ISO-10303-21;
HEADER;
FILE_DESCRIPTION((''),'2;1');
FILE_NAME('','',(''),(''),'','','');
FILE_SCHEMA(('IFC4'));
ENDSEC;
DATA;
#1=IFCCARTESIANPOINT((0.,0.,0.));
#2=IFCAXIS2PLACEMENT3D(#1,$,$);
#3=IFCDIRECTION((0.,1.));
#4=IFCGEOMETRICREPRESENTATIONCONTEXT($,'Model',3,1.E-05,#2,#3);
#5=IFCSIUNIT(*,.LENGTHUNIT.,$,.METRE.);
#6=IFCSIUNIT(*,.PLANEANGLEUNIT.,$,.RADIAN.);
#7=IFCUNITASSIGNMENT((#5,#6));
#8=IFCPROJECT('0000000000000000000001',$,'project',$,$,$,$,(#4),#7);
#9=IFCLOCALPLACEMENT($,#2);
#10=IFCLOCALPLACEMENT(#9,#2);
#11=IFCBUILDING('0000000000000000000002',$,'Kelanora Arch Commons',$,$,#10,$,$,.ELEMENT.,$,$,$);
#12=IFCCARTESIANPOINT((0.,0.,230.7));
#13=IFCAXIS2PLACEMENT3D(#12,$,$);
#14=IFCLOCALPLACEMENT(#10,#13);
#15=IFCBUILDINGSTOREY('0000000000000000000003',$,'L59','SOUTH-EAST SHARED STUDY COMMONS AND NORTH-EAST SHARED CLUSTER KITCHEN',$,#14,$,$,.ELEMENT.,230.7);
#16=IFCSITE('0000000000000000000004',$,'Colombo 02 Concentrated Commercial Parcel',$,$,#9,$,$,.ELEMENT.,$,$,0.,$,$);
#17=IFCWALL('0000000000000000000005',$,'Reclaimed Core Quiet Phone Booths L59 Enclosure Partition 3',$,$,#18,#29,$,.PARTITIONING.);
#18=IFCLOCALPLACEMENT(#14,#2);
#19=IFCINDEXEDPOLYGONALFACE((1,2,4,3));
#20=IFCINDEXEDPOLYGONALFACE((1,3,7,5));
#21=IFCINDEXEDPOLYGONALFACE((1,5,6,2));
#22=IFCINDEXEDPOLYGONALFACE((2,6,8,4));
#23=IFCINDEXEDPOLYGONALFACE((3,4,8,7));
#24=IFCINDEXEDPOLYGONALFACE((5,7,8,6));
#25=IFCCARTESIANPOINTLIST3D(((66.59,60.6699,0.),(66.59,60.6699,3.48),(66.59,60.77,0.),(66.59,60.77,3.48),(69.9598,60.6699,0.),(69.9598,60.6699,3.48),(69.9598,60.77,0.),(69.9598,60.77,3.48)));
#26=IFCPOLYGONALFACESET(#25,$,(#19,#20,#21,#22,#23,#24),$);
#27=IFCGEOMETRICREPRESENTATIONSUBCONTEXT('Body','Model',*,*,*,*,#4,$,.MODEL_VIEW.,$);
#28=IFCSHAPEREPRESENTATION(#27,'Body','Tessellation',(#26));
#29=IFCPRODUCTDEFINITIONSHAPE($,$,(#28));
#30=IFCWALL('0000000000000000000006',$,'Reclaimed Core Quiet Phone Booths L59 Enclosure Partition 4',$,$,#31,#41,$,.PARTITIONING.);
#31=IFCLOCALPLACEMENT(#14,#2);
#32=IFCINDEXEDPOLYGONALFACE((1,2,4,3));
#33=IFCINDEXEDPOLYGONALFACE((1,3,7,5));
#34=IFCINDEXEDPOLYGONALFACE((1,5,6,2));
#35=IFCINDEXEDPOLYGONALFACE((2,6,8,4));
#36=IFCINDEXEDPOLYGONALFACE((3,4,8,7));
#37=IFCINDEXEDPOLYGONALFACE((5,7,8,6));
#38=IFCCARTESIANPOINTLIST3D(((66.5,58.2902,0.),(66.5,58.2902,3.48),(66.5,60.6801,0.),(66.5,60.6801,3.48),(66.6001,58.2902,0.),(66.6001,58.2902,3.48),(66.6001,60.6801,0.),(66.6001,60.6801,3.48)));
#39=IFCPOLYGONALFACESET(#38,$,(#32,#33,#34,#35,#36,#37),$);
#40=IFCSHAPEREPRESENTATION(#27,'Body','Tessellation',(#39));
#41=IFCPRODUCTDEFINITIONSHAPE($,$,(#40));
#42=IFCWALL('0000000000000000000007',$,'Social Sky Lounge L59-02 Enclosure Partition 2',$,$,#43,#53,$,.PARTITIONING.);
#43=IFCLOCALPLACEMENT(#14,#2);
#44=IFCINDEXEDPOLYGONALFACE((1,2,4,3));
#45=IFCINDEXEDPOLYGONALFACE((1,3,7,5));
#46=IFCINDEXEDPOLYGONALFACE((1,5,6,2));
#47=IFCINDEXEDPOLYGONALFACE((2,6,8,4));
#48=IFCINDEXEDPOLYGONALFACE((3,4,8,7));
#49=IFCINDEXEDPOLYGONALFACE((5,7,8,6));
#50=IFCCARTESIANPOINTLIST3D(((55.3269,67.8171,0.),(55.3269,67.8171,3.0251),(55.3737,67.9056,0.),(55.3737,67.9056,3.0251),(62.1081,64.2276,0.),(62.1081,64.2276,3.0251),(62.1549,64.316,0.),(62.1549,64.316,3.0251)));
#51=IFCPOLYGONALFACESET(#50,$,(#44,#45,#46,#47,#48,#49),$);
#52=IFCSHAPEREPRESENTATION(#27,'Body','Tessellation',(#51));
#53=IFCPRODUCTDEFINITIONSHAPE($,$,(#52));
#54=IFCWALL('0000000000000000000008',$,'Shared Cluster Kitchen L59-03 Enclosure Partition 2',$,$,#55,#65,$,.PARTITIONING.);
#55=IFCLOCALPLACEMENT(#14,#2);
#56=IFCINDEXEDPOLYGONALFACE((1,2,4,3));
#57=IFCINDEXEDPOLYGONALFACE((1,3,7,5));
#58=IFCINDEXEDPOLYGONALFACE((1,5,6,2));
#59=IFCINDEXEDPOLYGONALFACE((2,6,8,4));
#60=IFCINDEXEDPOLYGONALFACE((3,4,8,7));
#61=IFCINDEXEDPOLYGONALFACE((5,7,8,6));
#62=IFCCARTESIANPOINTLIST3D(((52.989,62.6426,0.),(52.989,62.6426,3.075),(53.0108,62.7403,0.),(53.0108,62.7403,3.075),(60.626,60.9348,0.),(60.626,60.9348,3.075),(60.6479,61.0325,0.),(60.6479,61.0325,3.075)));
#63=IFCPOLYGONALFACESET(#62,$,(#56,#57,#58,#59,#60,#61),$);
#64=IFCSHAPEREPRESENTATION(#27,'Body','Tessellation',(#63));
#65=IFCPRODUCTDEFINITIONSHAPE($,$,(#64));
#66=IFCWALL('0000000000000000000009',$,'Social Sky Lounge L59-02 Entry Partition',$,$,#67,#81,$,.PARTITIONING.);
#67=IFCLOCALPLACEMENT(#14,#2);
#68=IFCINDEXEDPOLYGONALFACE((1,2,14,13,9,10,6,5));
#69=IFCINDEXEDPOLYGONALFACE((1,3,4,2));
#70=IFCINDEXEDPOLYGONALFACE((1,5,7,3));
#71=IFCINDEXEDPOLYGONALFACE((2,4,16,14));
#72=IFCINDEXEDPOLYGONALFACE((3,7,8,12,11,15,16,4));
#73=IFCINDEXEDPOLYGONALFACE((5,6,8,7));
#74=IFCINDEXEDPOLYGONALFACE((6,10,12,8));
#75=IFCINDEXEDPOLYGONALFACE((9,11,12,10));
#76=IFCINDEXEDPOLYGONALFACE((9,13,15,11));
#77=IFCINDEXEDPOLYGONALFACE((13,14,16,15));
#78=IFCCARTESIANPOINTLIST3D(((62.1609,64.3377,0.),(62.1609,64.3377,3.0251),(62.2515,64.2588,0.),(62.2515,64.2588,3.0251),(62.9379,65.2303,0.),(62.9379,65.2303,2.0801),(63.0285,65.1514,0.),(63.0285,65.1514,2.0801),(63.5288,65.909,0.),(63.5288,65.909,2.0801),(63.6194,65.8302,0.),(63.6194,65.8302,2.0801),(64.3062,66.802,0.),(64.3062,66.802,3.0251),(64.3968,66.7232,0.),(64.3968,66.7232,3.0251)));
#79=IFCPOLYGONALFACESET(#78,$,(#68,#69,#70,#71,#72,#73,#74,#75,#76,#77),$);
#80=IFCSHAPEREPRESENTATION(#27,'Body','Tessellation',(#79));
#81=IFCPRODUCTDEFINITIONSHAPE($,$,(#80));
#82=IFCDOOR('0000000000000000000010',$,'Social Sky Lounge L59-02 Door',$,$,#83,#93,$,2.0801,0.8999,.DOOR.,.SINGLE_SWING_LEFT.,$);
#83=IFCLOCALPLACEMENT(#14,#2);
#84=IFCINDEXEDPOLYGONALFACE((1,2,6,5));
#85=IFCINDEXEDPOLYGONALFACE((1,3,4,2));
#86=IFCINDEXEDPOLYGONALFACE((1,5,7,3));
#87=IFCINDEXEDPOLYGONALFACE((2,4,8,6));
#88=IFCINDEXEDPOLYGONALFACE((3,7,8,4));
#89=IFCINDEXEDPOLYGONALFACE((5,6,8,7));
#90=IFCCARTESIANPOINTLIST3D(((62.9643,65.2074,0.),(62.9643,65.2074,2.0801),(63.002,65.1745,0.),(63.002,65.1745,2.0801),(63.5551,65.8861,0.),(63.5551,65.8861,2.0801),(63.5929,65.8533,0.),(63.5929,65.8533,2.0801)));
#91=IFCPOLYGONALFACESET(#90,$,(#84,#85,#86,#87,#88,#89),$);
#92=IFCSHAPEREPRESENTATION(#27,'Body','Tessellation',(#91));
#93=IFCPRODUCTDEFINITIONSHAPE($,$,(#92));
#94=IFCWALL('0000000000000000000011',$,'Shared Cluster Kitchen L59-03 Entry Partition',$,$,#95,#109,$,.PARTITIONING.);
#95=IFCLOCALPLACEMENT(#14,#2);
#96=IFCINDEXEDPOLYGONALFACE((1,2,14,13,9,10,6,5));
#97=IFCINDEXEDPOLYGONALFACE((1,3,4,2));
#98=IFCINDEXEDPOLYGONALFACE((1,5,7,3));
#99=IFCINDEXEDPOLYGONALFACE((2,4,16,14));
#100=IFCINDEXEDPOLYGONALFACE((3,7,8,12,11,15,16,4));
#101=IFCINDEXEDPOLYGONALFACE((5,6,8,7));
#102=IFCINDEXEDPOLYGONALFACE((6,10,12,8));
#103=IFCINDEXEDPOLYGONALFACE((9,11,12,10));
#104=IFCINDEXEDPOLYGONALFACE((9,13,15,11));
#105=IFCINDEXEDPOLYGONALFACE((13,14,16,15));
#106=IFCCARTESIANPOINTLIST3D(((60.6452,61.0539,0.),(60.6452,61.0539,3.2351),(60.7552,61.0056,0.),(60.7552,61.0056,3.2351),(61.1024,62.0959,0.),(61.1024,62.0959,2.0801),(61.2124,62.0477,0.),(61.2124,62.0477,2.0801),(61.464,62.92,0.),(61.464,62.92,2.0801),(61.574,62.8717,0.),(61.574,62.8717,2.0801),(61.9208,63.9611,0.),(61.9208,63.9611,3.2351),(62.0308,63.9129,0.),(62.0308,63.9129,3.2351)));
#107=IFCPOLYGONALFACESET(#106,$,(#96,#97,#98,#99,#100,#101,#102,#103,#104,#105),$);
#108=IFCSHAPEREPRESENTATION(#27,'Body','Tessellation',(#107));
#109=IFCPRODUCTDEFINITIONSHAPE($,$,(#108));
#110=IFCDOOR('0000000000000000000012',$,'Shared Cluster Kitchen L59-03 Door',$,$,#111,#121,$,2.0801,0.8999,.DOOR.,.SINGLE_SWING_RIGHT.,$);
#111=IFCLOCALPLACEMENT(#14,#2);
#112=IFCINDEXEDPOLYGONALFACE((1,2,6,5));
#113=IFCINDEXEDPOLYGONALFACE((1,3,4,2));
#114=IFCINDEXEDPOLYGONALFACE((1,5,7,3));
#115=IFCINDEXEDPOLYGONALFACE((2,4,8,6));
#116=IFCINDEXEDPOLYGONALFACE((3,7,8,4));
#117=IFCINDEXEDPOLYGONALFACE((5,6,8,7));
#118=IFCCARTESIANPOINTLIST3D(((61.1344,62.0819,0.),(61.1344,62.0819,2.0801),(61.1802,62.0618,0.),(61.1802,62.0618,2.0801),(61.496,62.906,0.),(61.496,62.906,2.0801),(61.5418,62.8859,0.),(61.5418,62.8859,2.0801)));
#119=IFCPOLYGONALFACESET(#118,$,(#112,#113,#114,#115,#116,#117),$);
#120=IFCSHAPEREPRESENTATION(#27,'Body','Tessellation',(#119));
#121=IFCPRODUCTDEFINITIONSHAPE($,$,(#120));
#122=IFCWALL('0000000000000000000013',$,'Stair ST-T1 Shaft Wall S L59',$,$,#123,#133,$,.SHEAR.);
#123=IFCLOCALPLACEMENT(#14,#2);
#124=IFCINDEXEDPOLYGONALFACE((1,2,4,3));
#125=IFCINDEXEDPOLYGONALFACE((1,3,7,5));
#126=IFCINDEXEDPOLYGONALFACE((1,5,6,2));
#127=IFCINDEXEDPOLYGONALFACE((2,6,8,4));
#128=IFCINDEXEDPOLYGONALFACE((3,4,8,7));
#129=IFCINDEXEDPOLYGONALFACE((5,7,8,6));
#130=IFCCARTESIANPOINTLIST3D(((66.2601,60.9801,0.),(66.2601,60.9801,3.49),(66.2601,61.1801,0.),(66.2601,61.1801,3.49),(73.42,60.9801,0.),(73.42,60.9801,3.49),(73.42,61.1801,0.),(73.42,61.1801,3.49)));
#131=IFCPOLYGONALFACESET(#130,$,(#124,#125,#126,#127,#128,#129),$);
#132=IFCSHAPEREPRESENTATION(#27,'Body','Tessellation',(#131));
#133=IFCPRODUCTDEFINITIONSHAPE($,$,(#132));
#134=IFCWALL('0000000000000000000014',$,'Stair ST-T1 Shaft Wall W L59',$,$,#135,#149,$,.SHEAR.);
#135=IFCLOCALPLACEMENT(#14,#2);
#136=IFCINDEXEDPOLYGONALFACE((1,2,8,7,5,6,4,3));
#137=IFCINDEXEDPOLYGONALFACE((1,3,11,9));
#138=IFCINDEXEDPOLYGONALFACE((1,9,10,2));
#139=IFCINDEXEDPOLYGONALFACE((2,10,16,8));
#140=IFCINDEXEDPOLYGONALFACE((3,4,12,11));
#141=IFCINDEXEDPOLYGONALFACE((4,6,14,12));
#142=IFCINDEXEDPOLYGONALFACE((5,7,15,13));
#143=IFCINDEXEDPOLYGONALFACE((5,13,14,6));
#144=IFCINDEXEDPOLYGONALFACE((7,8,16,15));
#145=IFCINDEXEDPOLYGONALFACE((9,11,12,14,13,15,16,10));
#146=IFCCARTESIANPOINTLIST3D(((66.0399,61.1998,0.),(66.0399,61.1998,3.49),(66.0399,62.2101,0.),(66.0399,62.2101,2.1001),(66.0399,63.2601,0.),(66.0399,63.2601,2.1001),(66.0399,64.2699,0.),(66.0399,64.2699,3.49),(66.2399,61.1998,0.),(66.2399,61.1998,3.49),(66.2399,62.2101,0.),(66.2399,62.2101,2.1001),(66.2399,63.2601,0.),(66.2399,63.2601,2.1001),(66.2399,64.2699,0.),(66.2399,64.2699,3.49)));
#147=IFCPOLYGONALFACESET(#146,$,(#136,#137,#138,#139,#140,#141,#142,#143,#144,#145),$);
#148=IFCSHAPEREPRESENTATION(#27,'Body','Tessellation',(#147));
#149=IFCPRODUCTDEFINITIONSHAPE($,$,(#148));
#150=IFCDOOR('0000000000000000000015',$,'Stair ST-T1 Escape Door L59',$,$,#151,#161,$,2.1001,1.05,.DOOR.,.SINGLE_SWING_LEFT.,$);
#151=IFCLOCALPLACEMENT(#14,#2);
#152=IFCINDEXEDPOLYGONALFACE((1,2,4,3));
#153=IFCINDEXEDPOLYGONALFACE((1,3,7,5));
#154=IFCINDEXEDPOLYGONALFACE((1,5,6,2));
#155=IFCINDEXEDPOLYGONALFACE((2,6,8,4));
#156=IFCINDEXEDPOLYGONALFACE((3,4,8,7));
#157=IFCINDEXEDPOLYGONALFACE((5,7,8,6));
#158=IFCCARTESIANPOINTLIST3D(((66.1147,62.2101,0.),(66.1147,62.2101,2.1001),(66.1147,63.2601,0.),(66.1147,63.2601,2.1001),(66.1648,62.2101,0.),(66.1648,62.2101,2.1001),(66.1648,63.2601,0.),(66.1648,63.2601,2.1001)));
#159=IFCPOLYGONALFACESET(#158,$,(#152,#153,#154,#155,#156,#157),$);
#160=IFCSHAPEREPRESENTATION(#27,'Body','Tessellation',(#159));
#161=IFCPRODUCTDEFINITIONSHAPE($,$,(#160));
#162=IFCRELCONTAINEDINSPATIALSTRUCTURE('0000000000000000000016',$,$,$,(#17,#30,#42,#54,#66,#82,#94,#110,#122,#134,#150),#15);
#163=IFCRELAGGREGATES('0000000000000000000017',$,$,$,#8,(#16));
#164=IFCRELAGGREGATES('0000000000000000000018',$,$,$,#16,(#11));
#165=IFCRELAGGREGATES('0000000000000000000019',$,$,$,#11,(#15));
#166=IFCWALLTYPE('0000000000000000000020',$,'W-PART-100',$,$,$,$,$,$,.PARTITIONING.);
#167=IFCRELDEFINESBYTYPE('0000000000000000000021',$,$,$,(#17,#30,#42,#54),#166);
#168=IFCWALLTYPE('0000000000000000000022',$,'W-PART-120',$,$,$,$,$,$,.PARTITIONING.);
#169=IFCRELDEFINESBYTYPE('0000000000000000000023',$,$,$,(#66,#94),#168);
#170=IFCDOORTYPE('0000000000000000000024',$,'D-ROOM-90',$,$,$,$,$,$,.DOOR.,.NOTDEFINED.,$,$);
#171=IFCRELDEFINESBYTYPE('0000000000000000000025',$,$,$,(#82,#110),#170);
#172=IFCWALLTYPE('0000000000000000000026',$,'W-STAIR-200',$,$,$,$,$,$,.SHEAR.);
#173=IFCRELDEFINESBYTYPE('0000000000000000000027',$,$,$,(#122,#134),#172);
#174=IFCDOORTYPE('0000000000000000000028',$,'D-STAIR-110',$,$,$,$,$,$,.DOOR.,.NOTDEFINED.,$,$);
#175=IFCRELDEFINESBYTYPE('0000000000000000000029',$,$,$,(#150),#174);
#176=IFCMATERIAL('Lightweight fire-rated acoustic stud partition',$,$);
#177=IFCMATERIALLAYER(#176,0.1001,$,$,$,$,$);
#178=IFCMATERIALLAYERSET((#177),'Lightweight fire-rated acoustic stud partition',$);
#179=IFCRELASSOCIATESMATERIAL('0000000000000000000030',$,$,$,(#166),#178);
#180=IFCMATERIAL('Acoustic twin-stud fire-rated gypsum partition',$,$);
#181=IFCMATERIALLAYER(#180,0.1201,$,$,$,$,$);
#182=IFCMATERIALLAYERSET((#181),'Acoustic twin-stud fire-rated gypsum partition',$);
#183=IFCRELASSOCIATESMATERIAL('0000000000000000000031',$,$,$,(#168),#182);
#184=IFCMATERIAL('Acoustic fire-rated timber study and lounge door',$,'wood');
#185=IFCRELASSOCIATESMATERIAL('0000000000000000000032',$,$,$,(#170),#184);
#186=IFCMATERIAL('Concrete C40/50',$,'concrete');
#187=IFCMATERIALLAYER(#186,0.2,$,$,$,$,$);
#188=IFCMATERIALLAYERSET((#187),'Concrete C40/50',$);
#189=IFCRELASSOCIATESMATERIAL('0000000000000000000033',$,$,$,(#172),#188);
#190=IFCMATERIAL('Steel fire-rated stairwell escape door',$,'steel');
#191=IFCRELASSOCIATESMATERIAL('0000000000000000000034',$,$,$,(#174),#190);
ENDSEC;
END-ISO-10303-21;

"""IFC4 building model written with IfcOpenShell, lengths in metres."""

from ifc_helpers import new_model, si_unit, direction, frame, frame_2d, origin, place, context, subcontext, project, spatial, rectangle, extrude, material, layer, layer_set, type_object, element, fill, save


model = new_model("IFC4")

# Units and contexts
model_context = context("Model", 3, precision=1e-05, world=origin(), true_north=direction((0.0, 1.0)))
body_context = subcontext(model_context, "Body", "Model", "MODEL_VIEW")
ifc_project = project(units=[si_unit("LENGTHUNIT", "METRE"), si_unit("PLANEANGLEUNIT", "RADIAN")], contexts=[model_context])

# Site, building, storey
site_placement = place(None, origin())
site = spatial("IfcSite", under=ifc_project, at=site_placement, Name="Colombo 02 Concentrated Commercial Parcel", CompositionType="ELEMENT", RefElevation=0.0)
building_placement = place(site_placement, origin())
building = spatial("IfcBuilding", under=site, at=building_placement, Name="Kelanora Arch Commons", CompositionType="ELEMENT")
storey_placement = place(building_placement, frame((0.0, 0.0, 230.7)))
storey = spatial("IfcBuildingStorey", under=building, at=storey_placement, Name="L59", Description="SOUTH-EAST SHARED STUDY COMMONS AND NORTH-EAST SHARED CLUSTER KITCHEN", CompositionType="ELEMENT", Elevation=230.7)

# Walls
ifc_material_1 = material(Name="Lightweight fire-rated acoustic stud partition")
ifc_layer_1 = layer(ifc_material_1, 0.1001)
ifc_layer_set_1 = layer_set([ifc_layer_1], Name="Lightweight fire-rated acoustic stud partition")
wall_type_1 = type_object("IfcWallType", Name="W-PART-100", PredefinedType="PARTITIONING", material=ifc_layer_set_1)
wall_1_placement = place(storey_placement, frame((69.96, 60.72, 0.0), z_axis=(0.0, 0.0, 1.0), x_axis=(-1.0, 0.0, 0.0)))
element("IfcWall", 1, at=wall_1_placement, inside=storey, type_object=wall_type_1, Name="Reclaimed Core Quiet Phone Booths L59 Enclosure Partition 3", PredefinedType="PARTITIONING", context=body_context, shape_type="SweptSolid", body=[
    extrude(rectangle(XDim=3.3699, YDim=0.1001, at=frame_2d((1.6851, 0.0))), origin(), (0.0, 0.0, 1.0), 3.48),
])
wall_2_placement = place(storey_placement, frame((66.55, 60.6799, 0.0), z_axis=(0.0, 0.0, 1.0), x_axis=(0.0, -1.0, 0.0)))
element("IfcWall", 2, at=wall_2_placement, inside=storey, type_object=wall_type_1, Name="Reclaimed Core Quiet Phone Booths L59 Enclosure Partition 4", PredefinedType="PARTITIONING", context=body_context, shape_type="SweptSolid", body=[
    extrude(rectangle(XDim=2.3899, YDim=0.1001, at=frame_2d((1.1948, 0.0))), origin(), (0.0, 0.0, 1.0), 3.48),
])
wall_3_placement = place(storey_placement, frame((62.1316, 64.2717, 0.0), z_axis=(0.0, 0.0, 1.0), x_axis=(-0.883813, 0.467839, 0.0)))
element("IfcWall", 3, at=wall_3_placement, inside=storey, type_object=wall_type_1, Name="Social Sky Lounge L59-02 Enclosure Partition 2", PredefinedType="PARTITIONING", context=body_context, shape_type="SweptSolid", body=[
    extrude(rectangle(XDim=7.6726, YDim=0.1001, at=frame_2d((3.8364, 0.0))), origin(), (0.0, 0.0, 1.0), 3.0251),
])
wall_4_placement = place(storey_placement, frame((60.637, 60.9836, 0.0), z_axis=(0.0, 0.0, 1.0), x_axis=(-0.975898, 0.218228, 0.0)))
element("IfcWall", 4, at=wall_4_placement, inside=storey, type_object=wall_type_1, Name="Shared Cluster Kitchen L59-03 Enclosure Partition 2", PredefinedType="PARTITIONING", context=body_context, shape_type="SweptSolid", body=[
    extrude(rectangle(XDim=7.8257, YDim=0.1001, at=frame_2d((3.9128, 0.0))), origin(), (0.0, 0.0, 1.0), 3.075),
])

# Walls, openings, doors
ifc_material_2 = material(Name="Acoustic twin-stud fire-rated gypsum partition")
ifc_layer_2 = layer(ifc_material_2, 0.1201)
ifc_layer_set_2 = layer_set([ifc_layer_2], Name="Acoustic twin-stud fire-rated gypsum partition")
wall_type_2 = type_object("IfcWallType", Name="W-PART-120", PredefinedType="PARTITIONING", material=ifc_layer_set_2)
wall_5_placement = place(storey_placement, frame((64.3516, 66.7627, 0.0), z_axis=(0.0, 0.0, 1.0), x_axis=(-0.656587, -0.75425, 0.0)))
wall_5 = element("IfcWall", 5, at=wall_5_placement, inside=storey, type_object=wall_type_2, Name="Social Sky Lounge L59-02 Entry Partition", PredefinedType="PARTITIONING", context=body_context, shape_type="SweptSolid", body=[
    extrude(rectangle(XDim=3.2673, YDim=0.1201, at=frame_2d((1.6338, 0.0))), origin(), (0.0, 0.0, 1.0), 3.0251),
])
opening_1_placement = place(wall_5_placement, frame((1.1841, 0.0, 0.0)))
opening_1 = element("IfcOpeningElement", 6, at=opening_1_placement, cuts=wall_5, PredefinedType="OPENING", context=body_context, shape_type="SweptSolid", body=[
    extrude(rectangle(XDim=0.8999, YDim=2.0801, at=frame_2d((0.45, 1.04))), frame((0.0, 0.0701, 0.0), z_axis=(0.0, -1.0, 0.0), x_axis=(1.0, 0.0, 0.0)), (0.0, 0.0, 1.0), 0.1401),
])
ifc_material_3 = material(Name="Acoustic fire-rated timber study and lounge door", Category="wood")
door_type_1 = type_object("IfcDoorType", Name="D-ROOM-90", OperationType="NOTDEFINED", PredefinedType="DOOR", material=ifc_material_3)
door_1_placement = place(opening_1_placement, origin())
door_1 = element("IfcDoor", 7, at=door_1_placement, inside=storey, type_object=door_type_1, Name="Social Sky Lounge L59-02 Door", OperationType="SINGLE_SWING_LEFT", OverallHeight=2.0801, OverallWidth=0.8999, PredefinedType="DOOR", context=body_context, shape_type="SweptSolid", body=[
    extrude(rectangle(XDim=0.8999, YDim=2.0801, at=frame_2d((0.45, 1.04))), frame((0.0, 0.0249, 0.0), z_axis=(0.0, -1.0, 0.0), x_axis=(1.0, 0.0, 0.0)), (0.0, 0.0, 1.0), 0.05),
])
fill(opening_1, door_1)
wall_6_placement = place(storey_placement, frame((61.9758, 63.937, 0.0), z_axis=(0.0, 0.0, 1.0), x_axis=(-0.401803, -0.915726, 0.0)))
wall_6 = element("IfcWall", 8, at=wall_6_placement, inside=storey, type_object=wall_type_2, Name="Shared Cluster Kitchen L59-03 Entry Partition", PredefinedType="PARTITIONING", context=body_context, shape_type="SweptSolid", body=[
    extrude(rectangle(XDim=3.1748, YDim=0.1201, at=frame_2d((1.5874, 0.0))), origin(), (0.0, 0.0, 1.0), 3.2351),
])
opening_2_placement = place(wall_6_placement, frame((1.137, 0.0, 0.0)))
opening_2 = element("IfcOpeningElement", 9, at=opening_2_placement, cuts=wall_6, PredefinedType="OPENING", context=body_context, shape_type="SweptSolid", body=[
    extrude(rectangle(XDim=0.8999, YDim=2.0801, at=frame_2d((0.45, 1.04))), frame((0.0, 0.0701, 0.0), z_axis=(0.0, -1.0, 0.0), x_axis=(1.0, 0.0, 0.0)), (0.0, 0.0, 1.0), 0.1401),
])
door_2_placement = place(opening_2_placement, origin())
door_2 = element("IfcDoor", 10, at=door_2_placement, inside=storey, type_object=door_type_1, Name="Shared Cluster Kitchen L59-03 Door", OperationType="SINGLE_SWING_RIGHT", OverallHeight=2.0801, OverallWidth=0.8999, PredefinedType="DOOR", context=body_context, shape_type="SweptSolid", body=[
    extrude(rectangle(XDim=0.8999, YDim=2.0801, at=frame_2d((0.45, 1.04))), frame((0.0, 0.0249, 0.0), z_axis=(0.0, -1.0, 0.0), x_axis=(1.0, 0.0, 0.0)), (0.0, 0.0, 1.0), 0.05),
])
fill(opening_2, door_2)

# Wall
ifc_material_4 = material(Name="Concrete C40/50", Category="concrete")
ifc_layer_3 = layer(ifc_material_4, 0.2)
ifc_layer_set_3 = layer_set([ifc_layer_3], Name="Concrete C40/50")
wall_type_3 = type_object("IfcWallType", Name="W-STAIR-200", PredefinedType="SHEAR", material=ifc_layer_set_3)
wall_7_placement = place(storey_placement, frame((66.26, 61.0801, 0.0), z_axis=(0.0, 0.0, 1.0), x_axis=(1.0, 0.0, 0.0)))
element("IfcWall", 11, at=wall_7_placement, inside=storey, type_object=wall_type_3, Name="Stair ST-T1 Shaft Wall S L59", PredefinedType="SHEAR", context=body_context, shape_type="SweptSolid", body=[
    extrude(rectangle(XDim=7.1599, YDim=0.2, at=frame_2d((3.5801, 0.0))), origin(), (0.0, 0.0, 1.0), 3.49),
])

# Wall, opening, door
wall_8_placement = place(storey_placement, frame((66.1399, 64.27, 0.0), z_axis=(0.0, 0.0, 1.0), x_axis=(0.0, -1.0, 0.0)))
wall_8 = element("IfcWall", 12, at=wall_8_placement, inside=storey, type_object=wall_type_3, Name="Stair ST-T1 Shaft Wall W L59", PredefinedType="SHEAR", context=body_context, shape_type="SweptSolid", body=[
    extrude(rectangle(XDim=3.0701, YDim=0.2, at=frame_2d((1.5352, 0.0))), origin(), (0.0, 0.0, 1.0), 3.49),
])
opening_3_placement = place(wall_8_placement, frame((1.01, 0.0, 0.0)))
opening_3 = element("IfcOpeningElement", 13, at=opening_3_placement, cuts=wall_8, PredefinedType="OPENING", context=body_context, shape_type="SweptSolid", body=[
    extrude(rectangle(XDim=1.05, YDim=2.1001, at=frame_2d((0.5249, 1.05))), frame((0.0, 0.1099, 0.0), z_axis=(0.0, -1.0, 0.0), x_axis=(1.0, 0.0, 0.0)), (0.0, 0.0, 1.0), 0.22),
])
ifc_material_5 = material(Name="Steel fire-rated stairwell escape door", Category="steel")
door_type_2 = type_object("IfcDoorType", Name="D-STAIR-110", OperationType="NOTDEFINED", PredefinedType="DOOR", material=ifc_material_5)
door_3_placement = place(opening_3_placement, origin())
door_3 = element("IfcDoor", 14, at=door_3_placement, inside=storey, type_object=door_type_2, Name="Stair ST-T1 Escape Door L59", OperationType="SINGLE_SWING_LEFT", OverallHeight=2.1001, OverallWidth=1.05, PredefinedType="DOOR", context=body_context, shape_type="SweptSolid", body=[
    extrude(rectangle(XDim=1.05, YDim=2.1001, at=frame_2d((0.5249, 1.05))), frame((0.0, 0.0249, 0.0), z_axis=(0.0, -1.0, 0.0), x_axis=(1.0, 0.0, 0.0)), (0.0, 0.0, 1.0), 0.05),
])
fill(opening_3, door_3)

save(model, "model.ifc")
